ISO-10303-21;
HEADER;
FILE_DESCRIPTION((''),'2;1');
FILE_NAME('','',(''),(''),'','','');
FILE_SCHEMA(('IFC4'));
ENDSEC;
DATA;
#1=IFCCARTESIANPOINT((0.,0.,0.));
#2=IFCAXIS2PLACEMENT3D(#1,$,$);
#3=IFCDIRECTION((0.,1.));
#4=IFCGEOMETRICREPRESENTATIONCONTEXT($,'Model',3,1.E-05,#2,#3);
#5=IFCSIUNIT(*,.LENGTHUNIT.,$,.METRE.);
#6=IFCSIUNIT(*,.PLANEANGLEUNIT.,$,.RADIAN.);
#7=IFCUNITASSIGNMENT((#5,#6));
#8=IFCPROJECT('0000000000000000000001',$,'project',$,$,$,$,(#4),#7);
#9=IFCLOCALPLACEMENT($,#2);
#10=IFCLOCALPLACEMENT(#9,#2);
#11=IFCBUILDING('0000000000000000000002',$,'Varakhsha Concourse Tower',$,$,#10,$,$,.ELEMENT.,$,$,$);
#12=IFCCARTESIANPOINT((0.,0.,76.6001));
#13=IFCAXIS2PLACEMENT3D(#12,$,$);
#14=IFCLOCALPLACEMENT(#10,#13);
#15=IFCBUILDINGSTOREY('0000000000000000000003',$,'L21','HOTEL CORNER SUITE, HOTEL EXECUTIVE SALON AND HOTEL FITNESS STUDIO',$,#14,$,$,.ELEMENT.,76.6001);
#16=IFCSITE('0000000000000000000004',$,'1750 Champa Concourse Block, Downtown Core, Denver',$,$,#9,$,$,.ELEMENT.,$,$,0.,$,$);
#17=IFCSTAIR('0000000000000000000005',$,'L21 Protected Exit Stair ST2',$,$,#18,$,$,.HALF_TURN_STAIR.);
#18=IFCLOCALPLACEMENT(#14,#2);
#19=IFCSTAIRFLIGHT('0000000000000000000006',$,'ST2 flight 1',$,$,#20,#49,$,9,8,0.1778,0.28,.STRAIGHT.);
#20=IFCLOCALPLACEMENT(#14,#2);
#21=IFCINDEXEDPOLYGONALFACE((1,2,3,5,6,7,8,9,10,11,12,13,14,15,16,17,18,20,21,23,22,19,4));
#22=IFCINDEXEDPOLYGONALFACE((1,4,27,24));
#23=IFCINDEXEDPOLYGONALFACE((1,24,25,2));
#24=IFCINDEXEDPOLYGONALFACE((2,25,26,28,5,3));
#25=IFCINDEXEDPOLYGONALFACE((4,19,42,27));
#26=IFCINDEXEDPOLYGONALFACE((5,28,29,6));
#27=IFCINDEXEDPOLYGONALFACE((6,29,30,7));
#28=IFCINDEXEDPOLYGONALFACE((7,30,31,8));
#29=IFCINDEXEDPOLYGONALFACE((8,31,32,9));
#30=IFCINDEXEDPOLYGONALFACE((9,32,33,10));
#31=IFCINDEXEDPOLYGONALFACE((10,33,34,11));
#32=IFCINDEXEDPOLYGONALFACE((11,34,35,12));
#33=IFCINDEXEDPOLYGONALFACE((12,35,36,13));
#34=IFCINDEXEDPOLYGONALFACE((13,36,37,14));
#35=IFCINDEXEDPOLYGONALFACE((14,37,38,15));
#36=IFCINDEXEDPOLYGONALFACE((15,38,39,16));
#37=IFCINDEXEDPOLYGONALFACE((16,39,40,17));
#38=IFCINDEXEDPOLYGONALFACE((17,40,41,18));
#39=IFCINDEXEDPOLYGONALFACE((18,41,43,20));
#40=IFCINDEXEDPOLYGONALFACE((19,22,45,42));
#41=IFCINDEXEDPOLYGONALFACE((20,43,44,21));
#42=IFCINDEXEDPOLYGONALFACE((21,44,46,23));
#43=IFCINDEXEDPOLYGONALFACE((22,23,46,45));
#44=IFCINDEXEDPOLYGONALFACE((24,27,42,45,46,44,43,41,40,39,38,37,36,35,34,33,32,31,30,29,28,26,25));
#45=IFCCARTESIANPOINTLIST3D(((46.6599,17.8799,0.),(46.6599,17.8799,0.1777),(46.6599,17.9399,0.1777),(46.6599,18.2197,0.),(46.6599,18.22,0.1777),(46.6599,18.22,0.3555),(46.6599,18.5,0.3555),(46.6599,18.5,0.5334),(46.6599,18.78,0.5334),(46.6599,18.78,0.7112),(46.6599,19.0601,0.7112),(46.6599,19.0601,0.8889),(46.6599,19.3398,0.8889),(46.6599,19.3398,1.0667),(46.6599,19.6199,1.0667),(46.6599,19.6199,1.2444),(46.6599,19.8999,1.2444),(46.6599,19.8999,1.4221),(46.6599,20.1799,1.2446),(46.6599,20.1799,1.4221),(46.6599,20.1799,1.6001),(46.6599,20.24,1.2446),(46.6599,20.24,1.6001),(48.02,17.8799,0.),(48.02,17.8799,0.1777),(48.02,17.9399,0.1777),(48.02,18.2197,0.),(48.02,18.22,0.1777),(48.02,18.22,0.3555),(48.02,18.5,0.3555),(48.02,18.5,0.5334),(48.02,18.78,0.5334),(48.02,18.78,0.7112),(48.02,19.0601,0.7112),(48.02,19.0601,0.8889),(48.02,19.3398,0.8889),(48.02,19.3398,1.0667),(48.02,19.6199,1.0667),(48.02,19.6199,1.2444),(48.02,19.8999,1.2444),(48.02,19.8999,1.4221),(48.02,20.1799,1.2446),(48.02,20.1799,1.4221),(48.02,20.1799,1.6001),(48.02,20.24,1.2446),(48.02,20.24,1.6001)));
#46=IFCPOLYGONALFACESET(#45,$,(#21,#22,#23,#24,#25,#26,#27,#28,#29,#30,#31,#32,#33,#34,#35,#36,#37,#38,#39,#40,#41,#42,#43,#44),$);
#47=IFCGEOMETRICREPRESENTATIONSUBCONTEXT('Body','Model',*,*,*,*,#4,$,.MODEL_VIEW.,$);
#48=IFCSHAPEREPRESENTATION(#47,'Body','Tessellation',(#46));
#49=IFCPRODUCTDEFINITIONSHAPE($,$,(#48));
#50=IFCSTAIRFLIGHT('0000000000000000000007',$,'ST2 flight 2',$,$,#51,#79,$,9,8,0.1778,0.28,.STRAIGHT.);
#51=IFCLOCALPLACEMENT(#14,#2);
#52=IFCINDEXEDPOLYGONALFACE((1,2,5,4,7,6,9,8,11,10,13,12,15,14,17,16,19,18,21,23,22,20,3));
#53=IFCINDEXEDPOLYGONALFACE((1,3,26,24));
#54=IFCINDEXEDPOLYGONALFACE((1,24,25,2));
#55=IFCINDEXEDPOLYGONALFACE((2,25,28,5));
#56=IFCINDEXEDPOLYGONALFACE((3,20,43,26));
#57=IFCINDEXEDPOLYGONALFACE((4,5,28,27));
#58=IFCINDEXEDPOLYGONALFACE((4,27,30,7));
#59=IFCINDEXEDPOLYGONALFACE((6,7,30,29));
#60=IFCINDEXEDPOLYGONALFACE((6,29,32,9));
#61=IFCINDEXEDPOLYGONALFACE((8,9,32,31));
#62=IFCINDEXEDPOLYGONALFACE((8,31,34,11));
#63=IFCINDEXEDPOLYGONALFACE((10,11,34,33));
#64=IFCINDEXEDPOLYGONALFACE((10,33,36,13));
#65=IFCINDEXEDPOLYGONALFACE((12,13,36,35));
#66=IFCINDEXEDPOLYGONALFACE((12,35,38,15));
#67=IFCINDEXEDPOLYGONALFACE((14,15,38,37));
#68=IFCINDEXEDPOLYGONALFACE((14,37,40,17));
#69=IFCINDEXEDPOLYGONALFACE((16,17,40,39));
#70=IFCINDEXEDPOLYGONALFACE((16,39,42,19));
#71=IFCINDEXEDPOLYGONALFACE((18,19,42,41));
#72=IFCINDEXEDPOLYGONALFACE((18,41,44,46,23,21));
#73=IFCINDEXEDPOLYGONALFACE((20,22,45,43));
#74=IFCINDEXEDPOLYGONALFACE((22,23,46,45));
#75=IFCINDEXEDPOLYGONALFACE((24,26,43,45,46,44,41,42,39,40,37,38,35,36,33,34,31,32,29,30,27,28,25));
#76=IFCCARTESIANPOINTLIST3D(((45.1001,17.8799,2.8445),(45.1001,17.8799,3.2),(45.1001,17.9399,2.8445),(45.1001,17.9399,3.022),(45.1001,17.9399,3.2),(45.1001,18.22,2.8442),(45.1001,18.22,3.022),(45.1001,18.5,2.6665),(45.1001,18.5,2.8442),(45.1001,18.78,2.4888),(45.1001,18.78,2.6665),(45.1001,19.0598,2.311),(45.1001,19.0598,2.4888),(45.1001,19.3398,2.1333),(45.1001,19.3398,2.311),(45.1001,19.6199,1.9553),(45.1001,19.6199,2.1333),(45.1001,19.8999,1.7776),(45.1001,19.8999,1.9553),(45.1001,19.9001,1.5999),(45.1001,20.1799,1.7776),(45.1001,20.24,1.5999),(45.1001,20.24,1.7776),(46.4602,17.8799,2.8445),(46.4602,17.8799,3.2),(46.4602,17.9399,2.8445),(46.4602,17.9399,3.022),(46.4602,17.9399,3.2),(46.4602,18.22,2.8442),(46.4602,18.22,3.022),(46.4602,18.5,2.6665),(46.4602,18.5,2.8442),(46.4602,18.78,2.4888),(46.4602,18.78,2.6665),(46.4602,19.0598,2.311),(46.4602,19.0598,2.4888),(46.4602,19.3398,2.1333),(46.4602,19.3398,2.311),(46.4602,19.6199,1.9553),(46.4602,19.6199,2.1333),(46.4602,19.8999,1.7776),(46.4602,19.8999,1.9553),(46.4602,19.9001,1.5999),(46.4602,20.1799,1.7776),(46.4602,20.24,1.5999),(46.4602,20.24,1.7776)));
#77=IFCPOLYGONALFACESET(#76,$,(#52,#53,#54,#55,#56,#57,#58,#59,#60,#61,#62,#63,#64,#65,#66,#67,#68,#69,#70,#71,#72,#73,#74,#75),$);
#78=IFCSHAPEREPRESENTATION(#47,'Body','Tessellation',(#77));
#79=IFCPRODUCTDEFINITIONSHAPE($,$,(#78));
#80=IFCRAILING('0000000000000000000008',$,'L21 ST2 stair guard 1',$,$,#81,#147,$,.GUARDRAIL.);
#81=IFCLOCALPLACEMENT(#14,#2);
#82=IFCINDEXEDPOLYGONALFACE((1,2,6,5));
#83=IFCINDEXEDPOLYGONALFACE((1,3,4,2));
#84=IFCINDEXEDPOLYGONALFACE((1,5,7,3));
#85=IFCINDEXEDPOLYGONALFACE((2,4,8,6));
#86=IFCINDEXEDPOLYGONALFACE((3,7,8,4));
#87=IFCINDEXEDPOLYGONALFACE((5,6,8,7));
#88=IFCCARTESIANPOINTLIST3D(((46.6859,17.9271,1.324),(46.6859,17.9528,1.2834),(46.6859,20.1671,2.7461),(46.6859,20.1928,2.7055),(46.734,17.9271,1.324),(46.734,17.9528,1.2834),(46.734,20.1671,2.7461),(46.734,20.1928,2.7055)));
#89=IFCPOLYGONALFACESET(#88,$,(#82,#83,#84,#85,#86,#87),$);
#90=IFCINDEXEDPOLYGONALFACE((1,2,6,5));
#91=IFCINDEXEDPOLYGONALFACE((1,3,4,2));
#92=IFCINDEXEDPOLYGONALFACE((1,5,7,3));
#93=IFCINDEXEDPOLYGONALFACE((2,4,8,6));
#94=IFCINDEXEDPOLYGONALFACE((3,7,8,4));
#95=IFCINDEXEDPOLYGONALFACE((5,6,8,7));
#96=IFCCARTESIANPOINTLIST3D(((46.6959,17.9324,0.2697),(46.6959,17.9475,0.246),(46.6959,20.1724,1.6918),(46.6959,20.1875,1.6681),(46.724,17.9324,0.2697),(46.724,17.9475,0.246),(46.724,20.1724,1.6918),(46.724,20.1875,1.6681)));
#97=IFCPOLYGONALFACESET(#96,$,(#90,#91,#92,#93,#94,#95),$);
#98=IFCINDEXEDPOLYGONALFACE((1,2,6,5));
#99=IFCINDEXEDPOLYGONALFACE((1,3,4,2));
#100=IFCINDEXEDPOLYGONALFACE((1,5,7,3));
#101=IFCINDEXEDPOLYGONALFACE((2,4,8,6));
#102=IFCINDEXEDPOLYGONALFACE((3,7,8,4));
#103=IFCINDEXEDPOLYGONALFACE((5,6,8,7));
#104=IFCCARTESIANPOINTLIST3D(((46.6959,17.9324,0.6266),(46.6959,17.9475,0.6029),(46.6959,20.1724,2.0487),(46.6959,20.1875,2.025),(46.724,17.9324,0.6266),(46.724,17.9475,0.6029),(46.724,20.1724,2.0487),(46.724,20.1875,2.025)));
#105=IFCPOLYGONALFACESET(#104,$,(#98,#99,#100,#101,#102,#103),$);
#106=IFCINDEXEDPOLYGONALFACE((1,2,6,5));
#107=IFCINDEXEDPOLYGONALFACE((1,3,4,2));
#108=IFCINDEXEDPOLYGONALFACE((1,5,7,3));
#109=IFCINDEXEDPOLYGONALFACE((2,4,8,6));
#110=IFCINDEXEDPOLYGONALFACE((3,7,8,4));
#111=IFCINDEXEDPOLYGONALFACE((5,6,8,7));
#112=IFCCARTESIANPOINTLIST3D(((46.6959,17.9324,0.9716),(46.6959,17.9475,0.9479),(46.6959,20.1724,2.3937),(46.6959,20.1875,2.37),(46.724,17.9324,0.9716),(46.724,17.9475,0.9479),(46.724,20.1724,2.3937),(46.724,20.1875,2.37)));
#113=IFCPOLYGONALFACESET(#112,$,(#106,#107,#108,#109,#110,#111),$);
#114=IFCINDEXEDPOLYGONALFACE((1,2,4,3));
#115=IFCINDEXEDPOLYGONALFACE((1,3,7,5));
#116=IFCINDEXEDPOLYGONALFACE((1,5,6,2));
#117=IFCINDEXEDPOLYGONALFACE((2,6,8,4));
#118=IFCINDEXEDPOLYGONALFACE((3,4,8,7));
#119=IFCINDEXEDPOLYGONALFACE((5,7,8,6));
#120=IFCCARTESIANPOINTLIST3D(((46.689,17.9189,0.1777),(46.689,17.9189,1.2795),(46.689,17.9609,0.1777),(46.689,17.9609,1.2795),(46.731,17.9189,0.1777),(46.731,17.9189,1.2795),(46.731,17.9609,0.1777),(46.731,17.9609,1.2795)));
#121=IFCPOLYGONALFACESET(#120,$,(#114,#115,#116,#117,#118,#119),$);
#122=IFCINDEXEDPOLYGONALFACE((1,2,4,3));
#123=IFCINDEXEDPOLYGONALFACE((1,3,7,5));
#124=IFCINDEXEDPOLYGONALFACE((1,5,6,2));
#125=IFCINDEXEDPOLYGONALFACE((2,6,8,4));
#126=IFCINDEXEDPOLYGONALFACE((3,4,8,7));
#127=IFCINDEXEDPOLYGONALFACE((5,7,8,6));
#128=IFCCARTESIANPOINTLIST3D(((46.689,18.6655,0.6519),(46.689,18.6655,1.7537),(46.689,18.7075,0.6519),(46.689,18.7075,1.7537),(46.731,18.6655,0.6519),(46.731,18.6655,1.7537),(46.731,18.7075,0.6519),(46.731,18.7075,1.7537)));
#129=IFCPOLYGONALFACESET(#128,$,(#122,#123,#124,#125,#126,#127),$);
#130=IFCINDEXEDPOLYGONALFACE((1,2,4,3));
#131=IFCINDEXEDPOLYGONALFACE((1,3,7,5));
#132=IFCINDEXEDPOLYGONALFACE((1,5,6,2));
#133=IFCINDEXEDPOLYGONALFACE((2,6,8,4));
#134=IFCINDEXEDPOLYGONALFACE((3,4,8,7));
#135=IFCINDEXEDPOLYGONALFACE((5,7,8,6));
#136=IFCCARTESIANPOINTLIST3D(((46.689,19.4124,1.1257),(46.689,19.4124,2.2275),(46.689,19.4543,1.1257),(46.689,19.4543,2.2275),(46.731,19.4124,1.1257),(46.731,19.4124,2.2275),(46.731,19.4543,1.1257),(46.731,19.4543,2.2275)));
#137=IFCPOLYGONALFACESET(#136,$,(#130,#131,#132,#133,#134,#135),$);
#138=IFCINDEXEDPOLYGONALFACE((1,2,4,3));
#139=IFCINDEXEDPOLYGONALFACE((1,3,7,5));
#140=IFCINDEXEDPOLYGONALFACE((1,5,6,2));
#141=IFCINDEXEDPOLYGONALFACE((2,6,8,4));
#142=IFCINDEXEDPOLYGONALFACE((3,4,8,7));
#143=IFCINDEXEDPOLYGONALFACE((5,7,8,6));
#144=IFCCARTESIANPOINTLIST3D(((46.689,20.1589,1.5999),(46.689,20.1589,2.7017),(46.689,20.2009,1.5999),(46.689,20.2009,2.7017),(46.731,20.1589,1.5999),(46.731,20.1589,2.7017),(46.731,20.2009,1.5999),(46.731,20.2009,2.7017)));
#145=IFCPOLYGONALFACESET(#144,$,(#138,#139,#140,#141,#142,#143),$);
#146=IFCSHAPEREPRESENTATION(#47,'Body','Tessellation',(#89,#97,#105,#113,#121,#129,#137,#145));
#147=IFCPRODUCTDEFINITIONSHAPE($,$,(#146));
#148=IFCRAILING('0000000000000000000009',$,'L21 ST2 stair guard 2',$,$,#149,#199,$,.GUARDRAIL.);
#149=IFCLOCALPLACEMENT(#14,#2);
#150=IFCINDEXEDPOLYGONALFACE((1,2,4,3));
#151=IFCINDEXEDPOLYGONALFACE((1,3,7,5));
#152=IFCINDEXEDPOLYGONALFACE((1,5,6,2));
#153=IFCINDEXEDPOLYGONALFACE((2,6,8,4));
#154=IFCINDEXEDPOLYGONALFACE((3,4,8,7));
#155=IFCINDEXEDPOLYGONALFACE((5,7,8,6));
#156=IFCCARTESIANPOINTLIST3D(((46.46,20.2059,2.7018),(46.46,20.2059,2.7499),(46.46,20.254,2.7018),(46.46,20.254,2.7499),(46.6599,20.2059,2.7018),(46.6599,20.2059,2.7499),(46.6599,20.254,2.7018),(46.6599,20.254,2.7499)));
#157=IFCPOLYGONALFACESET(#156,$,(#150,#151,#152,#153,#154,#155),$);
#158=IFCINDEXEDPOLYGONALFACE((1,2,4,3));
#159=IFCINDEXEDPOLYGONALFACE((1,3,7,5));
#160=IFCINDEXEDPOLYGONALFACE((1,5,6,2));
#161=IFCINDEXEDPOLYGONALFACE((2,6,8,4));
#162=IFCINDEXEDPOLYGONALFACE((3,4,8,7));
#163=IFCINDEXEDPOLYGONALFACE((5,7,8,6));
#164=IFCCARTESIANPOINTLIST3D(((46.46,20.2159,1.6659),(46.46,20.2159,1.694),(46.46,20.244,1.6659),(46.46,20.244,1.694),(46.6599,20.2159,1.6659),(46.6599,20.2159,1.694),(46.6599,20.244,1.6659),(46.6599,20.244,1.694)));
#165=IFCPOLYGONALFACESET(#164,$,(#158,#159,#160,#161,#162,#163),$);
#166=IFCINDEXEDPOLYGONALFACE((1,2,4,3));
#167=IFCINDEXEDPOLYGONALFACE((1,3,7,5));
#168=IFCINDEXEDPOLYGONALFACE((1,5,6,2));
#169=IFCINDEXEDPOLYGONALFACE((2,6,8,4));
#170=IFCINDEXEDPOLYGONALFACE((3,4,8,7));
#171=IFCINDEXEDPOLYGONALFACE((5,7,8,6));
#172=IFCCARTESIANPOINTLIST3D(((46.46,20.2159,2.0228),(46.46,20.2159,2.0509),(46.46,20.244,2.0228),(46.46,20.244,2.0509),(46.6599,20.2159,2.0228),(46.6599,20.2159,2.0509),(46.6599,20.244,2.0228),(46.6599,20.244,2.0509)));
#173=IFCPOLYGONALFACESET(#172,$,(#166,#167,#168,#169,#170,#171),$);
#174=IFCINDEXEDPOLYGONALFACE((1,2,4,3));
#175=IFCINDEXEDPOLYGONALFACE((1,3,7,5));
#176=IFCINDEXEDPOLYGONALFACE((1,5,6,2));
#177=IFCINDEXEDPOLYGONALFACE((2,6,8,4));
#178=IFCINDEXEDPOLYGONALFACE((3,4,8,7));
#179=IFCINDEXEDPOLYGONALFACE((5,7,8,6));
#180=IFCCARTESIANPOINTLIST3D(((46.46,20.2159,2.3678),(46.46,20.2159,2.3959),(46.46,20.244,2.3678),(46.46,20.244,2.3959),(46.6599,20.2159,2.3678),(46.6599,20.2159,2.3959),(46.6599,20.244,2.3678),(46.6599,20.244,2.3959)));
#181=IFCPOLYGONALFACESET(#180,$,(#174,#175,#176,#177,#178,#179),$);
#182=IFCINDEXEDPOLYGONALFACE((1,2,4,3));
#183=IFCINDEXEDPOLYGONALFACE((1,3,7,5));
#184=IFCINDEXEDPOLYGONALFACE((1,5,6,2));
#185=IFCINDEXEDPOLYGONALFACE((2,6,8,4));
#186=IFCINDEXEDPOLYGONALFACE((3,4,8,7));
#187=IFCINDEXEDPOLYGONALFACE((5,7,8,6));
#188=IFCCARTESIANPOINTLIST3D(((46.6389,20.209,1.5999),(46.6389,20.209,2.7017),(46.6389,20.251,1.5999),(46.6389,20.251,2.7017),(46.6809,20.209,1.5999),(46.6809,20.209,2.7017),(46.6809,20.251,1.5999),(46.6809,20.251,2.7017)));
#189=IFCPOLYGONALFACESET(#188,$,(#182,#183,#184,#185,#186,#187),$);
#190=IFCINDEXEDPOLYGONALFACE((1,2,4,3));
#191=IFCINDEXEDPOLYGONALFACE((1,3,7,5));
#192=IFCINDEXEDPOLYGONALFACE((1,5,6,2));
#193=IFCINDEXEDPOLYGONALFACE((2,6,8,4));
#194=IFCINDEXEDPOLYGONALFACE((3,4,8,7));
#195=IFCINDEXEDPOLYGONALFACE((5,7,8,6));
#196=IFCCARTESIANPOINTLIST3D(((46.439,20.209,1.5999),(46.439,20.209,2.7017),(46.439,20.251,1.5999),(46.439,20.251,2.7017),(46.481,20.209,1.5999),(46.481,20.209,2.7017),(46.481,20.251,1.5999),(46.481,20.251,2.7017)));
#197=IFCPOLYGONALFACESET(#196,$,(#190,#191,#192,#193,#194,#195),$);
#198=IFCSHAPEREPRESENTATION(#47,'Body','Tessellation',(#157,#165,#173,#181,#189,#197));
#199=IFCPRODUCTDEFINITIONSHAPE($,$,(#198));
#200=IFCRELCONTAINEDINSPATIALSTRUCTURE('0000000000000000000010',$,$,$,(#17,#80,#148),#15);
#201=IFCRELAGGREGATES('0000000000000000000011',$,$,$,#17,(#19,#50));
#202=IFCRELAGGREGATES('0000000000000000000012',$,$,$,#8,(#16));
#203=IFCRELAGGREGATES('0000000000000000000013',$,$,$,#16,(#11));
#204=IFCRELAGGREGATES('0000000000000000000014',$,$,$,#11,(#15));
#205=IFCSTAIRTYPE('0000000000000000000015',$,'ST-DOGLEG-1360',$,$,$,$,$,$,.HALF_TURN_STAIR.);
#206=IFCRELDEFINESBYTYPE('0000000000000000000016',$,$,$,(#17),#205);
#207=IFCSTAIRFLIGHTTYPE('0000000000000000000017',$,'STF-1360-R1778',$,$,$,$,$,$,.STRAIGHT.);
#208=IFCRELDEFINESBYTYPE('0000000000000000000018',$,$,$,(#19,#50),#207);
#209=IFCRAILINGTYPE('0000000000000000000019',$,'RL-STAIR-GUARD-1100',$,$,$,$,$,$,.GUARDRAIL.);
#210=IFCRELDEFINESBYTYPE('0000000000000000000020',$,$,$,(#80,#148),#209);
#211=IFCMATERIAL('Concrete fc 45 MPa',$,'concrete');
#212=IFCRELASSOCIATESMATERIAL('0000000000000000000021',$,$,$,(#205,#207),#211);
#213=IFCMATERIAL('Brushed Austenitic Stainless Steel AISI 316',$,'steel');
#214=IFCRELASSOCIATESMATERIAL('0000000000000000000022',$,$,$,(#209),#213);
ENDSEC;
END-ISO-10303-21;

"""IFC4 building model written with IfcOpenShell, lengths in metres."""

from ifc_helpers import new_model, si_unit, direction, frame, origin, origin_2d, place, context, subcontext, project, spatial, polyline, rectangle, outline, extrude, material, type_object, element, aggregate, save


model = new_model("IFC4")

# Units and contexts
model_context = context("Model", 3, precision=1e-05, world=origin(), true_north=direction((0.0, 1.0)))
body_context = subcontext(model_context, "Body", "Model", "MODEL_VIEW")
ifc_project = project(units=[si_unit("LENGTHUNIT", "METRE"), si_unit("PLANEANGLEUNIT", "RADIAN")], contexts=[model_context])

# Site, building, storey
site_placement = place(None, origin())
site = spatial("IfcSite", under=ifc_project, at=site_placement, Name="1750 Champa Concourse Block, Downtown Core, Denver", CompositionType="ELEMENT", RefElevation=0.0)
building_placement = place(site_placement, origin())
building = spatial("IfcBuilding", under=site, at=building_placement, Name="Varakhsha Concourse Tower", CompositionType="ELEMENT")
storey_placement = place(building_placement, frame((0.0, 0.0, 76.6001)))
storey = spatial("IfcBuildingStorey", under=building, at=storey_placement, Name="L21", Description="HOTEL CORNER SUITE, HOTEL EXECUTIVE SALON AND HOTEL FITNESS STUDIO", CompositionType="ELEMENT", Elevation=76.6001)

# Shared definitions
ifc_material_1 = material(Name="Concrete fc 45 MPa", Category="concrete")

# Stair, stair flights
stair_type = type_object("IfcStairType", Name="ST-DOGLEG-1360", PredefinedType="HALF_TURN_STAIR", material=ifc_material_1)
stair_placement = place(storey_placement, origin())
stair = element("IfcStair", 1, at=stair_placement, inside=storey, type_object=stair_type, Name="L21 Protected Exit Stair ST2", PredefinedType="HALF_TURN_STAIR")
stair_flight_type = type_object("IfcStairFlightType", Name="STF-1360-R1778", PredefinedType="STRAIGHT", material=ifc_material_1)
stair_flight_1_placement = place(storey_placement, frame((47.3401, 17.9399, 0.0), z_axis=(0.0, 0.0, 1.0), x_axis=(0.0, 1.0, 0.0)))
stair_flight_1 = element("IfcStairFlight", 2, at=stair_flight_1_placement, type_object=stair_flight_type, Name="ST2 flight 1", NumberOfRisers=9, NumberOfTreads=8, PredefinedType="STRAIGHT", RiserHeight=0.1778, TreadLength=0.28, context=body_context, shape_type="SweptSolid", body=[
    extrude(outline(polyline([(-0.0601, 0.0), (-0.0601, 0.1777), (0.0, 0.1777), (0.28, 0.1777), (0.28, 0.3555), (0.5601, 0.3555), (0.5601, 0.5334), (0.8401, 0.5334), (0.8401, 0.7112), (1.1201, 0.7112), (1.1201, 0.8889), (1.3999, 0.8889), (1.3999, 1.0667), (1.6799, 1.0667), (1.6799, 1.2444), (1.96, 1.2444), (1.96, 1.4221), (2.24, 1.4221), (2.24, 1.6001), (2.3, 1.6001), (2.3, 1.2446), (2.24, 1.2446), (0.2798, 0.0), (-0.0601, 0.0)])), frame((0.0, 0.6802, 0.0), z_axis=(0.0, -1.0, 0.0), x_axis=(1.0, 0.0, 0.0)), (0.0, 0.0, 1.0), 1.3601),
])
stair_flight_2_placement = place(storey_placement, frame((45.78, 20.1799, 1.5999), z_axis=(0.0, 0.0, 1.0), x_axis=(0.0, -1.0, 0.0)))
stair_flight_2 = element("IfcStairFlight", 3, at=stair_flight_2_placement, type_object=stair_flight_type, Name="ST2 flight 2", NumberOfRisers=9, NumberOfTreads=8, PredefinedType="STRAIGHT", RiserHeight=0.1778, TreadLength=0.28, context=body_context, shape_type="SweptSolid", body=[
    extrude(outline(polyline([(-0.0601, 0.0), (-0.0601, 0.1777), (0.0, 0.1777), (0.28, 0.1777), (0.28, 0.3555), (0.5601, 0.3555), (0.5601, 0.5334), (0.8401, 0.5334), (0.8401, 0.7112), (1.1201, 0.7112), (1.1201, 0.8889), (1.3999, 0.8889), (1.3999, 1.0667), (1.6799, 1.0667), (1.6799, 1.2444), (1.96, 1.2444), (1.96, 1.4221), (2.24, 1.4221), (2.24, 1.6001), (2.3, 1.6001), (2.3, 1.2446), (2.24, 1.2446), (0.2798, 0.0), (-0.0601, 0.0)])), frame((0.0, 0.6802, 0.0), z_axis=(0.0, -1.0, 0.0), x_axis=(1.0, 0.0, 0.0)), (0.0, 0.0, 1.0), 1.3601),
])
aggregate(stair, [stair_flight_1, stair_flight_2])

# Railings
ifc_material_2 = material(Name="Brushed Austenitic Stainless Steel AISI 316", Category="steel")
railing_type_1 = type_object("IfcRailingType", Name="RL-STAIR-GUARD-1100", PredefinedType="GUARDRAIL", material=ifc_material_2)
railing_1_placement = place(storey_placement, frame((46.71, 17.9399, 0.1777)))
element("IfcRailing", 4, at=railing_1_placement, inside=storey, type_object=railing_type_1, Name="L21 ST2 stair guard 1", PredefinedType="GUARDRAIL", context=body_context, shape_type="SweptSolid", body=[
    extrude(rectangle(XDim=0.0481, YDim=0.0481, at=origin_2d()), frame((0.0, 0.0, 1.126), z_axis=(0.0, 0.844229, 0.535982), x_axis=(-1.0, 0.0, 0.0)), (0.0, 0.0, 1.0), 2.6533),
    extrude(rectangle(XDim=0.0281, YDim=0.0281, at=origin_2d()), frame((0.0, 0.0, 0.0801), z_axis=(0.0, 0.844229, 0.535982), x_axis=(-1.0, 0.0, 0.0)), (0.0, 0.0, 1.0), 2.6533),
    extrude(rectangle(XDim=0.0281, YDim=0.0281, at=origin_2d()), frame((0.0, 0.0, 0.437), z_axis=(0.0, 0.844229, 0.535982), x_axis=(-1.0, 0.0, 0.0)), (0.0, 0.0, 1.0), 2.6533),
    extrude(rectangle(XDim=0.0281, YDim=0.0281, at=origin_2d()), frame((0.0, 0.0, 0.782), z_axis=(0.0, 0.844229, 0.535982), x_axis=(-1.0, 0.0, 0.0)), (0.0, 0.0, 1.0), 2.6533),
    extrude(rectangle(XDim=0.042, YDim=0.042, at=origin_2d()), origin(), (0.0, 0.0, 1.0), 1.1018),
    extrude(rectangle(XDim=0.042, YDim=0.042, at=origin_2d()), frame((0.0, 0.7466, 0.4741)), (0.0, 0.0, 1.0), 1.1018),
    extrude(rectangle(XDim=0.042, YDim=0.042, at=origin_2d()), frame((0.0, 1.4934, 0.948)), (0.0, 0.0, 1.0), 1.1018),
    extrude(rectangle(XDim=0.042, YDim=0.042, at=origin_2d()), frame((0.0, 2.24, 1.4221)), (0.0, 0.0, 1.0), 1.1018),
])
railing_2_placement = place(storey_placement, frame((46.6599, 20.23, 1.5999)))
element("IfcRailing", 5, at=railing_2_placement, inside=storey, type_object=railing_type_1, Name="L21 ST2 stair guard 2", PredefinedType="GUARDRAIL", context=body_context, shape_type="SweptSolid", body=[
    extrude(rectangle(XDim=0.0481, YDim=0.0481, at=origin_2d()), frame((0.0, 0.0, 1.126), z_axis=(-1.0, 0.0, 0.0), x_axis=(0.0, -1.0, 0.0)), (0.0, 0.0, 1.0), 0.2),
    extrude(rectangle(XDim=0.0281, YDim=0.0281, at=origin_2d()), frame((0.0, 0.0, 0.0801), z_axis=(-1.0, 0.0, 0.0), x_axis=(0.0, -1.0, 0.0)), (0.0, 0.0, 1.0), 0.2),
    extrude(rectangle(XDim=0.0281, YDim=0.0281, at=origin_2d()), frame((0.0, 0.0, 0.437), z_axis=(-1.0, 0.0, 0.0), x_axis=(0.0, -1.0, 0.0)), (0.0, 0.0, 1.0), 0.2),
    extrude(rectangle(XDim=0.0281, YDim=0.0281, at=origin_2d()), frame((0.0, 0.0, 0.782), z_axis=(-1.0, 0.0, 0.0), x_axis=(0.0, -1.0, 0.0)), (0.0, 0.0, 1.0), 0.2),
    extrude(rectangle(XDim=0.042, YDim=0.042, at=origin_2d()), origin(), (0.0, 0.0, 1.0), 1.1018),
    extrude(rectangle(XDim=0.042, YDim=0.042, at=origin_2d()), frame((-0.2, 0.0, 0.0)), (0.0, 0.0, 1.0), 1.1018),
])

save(model, "model.ifc")
